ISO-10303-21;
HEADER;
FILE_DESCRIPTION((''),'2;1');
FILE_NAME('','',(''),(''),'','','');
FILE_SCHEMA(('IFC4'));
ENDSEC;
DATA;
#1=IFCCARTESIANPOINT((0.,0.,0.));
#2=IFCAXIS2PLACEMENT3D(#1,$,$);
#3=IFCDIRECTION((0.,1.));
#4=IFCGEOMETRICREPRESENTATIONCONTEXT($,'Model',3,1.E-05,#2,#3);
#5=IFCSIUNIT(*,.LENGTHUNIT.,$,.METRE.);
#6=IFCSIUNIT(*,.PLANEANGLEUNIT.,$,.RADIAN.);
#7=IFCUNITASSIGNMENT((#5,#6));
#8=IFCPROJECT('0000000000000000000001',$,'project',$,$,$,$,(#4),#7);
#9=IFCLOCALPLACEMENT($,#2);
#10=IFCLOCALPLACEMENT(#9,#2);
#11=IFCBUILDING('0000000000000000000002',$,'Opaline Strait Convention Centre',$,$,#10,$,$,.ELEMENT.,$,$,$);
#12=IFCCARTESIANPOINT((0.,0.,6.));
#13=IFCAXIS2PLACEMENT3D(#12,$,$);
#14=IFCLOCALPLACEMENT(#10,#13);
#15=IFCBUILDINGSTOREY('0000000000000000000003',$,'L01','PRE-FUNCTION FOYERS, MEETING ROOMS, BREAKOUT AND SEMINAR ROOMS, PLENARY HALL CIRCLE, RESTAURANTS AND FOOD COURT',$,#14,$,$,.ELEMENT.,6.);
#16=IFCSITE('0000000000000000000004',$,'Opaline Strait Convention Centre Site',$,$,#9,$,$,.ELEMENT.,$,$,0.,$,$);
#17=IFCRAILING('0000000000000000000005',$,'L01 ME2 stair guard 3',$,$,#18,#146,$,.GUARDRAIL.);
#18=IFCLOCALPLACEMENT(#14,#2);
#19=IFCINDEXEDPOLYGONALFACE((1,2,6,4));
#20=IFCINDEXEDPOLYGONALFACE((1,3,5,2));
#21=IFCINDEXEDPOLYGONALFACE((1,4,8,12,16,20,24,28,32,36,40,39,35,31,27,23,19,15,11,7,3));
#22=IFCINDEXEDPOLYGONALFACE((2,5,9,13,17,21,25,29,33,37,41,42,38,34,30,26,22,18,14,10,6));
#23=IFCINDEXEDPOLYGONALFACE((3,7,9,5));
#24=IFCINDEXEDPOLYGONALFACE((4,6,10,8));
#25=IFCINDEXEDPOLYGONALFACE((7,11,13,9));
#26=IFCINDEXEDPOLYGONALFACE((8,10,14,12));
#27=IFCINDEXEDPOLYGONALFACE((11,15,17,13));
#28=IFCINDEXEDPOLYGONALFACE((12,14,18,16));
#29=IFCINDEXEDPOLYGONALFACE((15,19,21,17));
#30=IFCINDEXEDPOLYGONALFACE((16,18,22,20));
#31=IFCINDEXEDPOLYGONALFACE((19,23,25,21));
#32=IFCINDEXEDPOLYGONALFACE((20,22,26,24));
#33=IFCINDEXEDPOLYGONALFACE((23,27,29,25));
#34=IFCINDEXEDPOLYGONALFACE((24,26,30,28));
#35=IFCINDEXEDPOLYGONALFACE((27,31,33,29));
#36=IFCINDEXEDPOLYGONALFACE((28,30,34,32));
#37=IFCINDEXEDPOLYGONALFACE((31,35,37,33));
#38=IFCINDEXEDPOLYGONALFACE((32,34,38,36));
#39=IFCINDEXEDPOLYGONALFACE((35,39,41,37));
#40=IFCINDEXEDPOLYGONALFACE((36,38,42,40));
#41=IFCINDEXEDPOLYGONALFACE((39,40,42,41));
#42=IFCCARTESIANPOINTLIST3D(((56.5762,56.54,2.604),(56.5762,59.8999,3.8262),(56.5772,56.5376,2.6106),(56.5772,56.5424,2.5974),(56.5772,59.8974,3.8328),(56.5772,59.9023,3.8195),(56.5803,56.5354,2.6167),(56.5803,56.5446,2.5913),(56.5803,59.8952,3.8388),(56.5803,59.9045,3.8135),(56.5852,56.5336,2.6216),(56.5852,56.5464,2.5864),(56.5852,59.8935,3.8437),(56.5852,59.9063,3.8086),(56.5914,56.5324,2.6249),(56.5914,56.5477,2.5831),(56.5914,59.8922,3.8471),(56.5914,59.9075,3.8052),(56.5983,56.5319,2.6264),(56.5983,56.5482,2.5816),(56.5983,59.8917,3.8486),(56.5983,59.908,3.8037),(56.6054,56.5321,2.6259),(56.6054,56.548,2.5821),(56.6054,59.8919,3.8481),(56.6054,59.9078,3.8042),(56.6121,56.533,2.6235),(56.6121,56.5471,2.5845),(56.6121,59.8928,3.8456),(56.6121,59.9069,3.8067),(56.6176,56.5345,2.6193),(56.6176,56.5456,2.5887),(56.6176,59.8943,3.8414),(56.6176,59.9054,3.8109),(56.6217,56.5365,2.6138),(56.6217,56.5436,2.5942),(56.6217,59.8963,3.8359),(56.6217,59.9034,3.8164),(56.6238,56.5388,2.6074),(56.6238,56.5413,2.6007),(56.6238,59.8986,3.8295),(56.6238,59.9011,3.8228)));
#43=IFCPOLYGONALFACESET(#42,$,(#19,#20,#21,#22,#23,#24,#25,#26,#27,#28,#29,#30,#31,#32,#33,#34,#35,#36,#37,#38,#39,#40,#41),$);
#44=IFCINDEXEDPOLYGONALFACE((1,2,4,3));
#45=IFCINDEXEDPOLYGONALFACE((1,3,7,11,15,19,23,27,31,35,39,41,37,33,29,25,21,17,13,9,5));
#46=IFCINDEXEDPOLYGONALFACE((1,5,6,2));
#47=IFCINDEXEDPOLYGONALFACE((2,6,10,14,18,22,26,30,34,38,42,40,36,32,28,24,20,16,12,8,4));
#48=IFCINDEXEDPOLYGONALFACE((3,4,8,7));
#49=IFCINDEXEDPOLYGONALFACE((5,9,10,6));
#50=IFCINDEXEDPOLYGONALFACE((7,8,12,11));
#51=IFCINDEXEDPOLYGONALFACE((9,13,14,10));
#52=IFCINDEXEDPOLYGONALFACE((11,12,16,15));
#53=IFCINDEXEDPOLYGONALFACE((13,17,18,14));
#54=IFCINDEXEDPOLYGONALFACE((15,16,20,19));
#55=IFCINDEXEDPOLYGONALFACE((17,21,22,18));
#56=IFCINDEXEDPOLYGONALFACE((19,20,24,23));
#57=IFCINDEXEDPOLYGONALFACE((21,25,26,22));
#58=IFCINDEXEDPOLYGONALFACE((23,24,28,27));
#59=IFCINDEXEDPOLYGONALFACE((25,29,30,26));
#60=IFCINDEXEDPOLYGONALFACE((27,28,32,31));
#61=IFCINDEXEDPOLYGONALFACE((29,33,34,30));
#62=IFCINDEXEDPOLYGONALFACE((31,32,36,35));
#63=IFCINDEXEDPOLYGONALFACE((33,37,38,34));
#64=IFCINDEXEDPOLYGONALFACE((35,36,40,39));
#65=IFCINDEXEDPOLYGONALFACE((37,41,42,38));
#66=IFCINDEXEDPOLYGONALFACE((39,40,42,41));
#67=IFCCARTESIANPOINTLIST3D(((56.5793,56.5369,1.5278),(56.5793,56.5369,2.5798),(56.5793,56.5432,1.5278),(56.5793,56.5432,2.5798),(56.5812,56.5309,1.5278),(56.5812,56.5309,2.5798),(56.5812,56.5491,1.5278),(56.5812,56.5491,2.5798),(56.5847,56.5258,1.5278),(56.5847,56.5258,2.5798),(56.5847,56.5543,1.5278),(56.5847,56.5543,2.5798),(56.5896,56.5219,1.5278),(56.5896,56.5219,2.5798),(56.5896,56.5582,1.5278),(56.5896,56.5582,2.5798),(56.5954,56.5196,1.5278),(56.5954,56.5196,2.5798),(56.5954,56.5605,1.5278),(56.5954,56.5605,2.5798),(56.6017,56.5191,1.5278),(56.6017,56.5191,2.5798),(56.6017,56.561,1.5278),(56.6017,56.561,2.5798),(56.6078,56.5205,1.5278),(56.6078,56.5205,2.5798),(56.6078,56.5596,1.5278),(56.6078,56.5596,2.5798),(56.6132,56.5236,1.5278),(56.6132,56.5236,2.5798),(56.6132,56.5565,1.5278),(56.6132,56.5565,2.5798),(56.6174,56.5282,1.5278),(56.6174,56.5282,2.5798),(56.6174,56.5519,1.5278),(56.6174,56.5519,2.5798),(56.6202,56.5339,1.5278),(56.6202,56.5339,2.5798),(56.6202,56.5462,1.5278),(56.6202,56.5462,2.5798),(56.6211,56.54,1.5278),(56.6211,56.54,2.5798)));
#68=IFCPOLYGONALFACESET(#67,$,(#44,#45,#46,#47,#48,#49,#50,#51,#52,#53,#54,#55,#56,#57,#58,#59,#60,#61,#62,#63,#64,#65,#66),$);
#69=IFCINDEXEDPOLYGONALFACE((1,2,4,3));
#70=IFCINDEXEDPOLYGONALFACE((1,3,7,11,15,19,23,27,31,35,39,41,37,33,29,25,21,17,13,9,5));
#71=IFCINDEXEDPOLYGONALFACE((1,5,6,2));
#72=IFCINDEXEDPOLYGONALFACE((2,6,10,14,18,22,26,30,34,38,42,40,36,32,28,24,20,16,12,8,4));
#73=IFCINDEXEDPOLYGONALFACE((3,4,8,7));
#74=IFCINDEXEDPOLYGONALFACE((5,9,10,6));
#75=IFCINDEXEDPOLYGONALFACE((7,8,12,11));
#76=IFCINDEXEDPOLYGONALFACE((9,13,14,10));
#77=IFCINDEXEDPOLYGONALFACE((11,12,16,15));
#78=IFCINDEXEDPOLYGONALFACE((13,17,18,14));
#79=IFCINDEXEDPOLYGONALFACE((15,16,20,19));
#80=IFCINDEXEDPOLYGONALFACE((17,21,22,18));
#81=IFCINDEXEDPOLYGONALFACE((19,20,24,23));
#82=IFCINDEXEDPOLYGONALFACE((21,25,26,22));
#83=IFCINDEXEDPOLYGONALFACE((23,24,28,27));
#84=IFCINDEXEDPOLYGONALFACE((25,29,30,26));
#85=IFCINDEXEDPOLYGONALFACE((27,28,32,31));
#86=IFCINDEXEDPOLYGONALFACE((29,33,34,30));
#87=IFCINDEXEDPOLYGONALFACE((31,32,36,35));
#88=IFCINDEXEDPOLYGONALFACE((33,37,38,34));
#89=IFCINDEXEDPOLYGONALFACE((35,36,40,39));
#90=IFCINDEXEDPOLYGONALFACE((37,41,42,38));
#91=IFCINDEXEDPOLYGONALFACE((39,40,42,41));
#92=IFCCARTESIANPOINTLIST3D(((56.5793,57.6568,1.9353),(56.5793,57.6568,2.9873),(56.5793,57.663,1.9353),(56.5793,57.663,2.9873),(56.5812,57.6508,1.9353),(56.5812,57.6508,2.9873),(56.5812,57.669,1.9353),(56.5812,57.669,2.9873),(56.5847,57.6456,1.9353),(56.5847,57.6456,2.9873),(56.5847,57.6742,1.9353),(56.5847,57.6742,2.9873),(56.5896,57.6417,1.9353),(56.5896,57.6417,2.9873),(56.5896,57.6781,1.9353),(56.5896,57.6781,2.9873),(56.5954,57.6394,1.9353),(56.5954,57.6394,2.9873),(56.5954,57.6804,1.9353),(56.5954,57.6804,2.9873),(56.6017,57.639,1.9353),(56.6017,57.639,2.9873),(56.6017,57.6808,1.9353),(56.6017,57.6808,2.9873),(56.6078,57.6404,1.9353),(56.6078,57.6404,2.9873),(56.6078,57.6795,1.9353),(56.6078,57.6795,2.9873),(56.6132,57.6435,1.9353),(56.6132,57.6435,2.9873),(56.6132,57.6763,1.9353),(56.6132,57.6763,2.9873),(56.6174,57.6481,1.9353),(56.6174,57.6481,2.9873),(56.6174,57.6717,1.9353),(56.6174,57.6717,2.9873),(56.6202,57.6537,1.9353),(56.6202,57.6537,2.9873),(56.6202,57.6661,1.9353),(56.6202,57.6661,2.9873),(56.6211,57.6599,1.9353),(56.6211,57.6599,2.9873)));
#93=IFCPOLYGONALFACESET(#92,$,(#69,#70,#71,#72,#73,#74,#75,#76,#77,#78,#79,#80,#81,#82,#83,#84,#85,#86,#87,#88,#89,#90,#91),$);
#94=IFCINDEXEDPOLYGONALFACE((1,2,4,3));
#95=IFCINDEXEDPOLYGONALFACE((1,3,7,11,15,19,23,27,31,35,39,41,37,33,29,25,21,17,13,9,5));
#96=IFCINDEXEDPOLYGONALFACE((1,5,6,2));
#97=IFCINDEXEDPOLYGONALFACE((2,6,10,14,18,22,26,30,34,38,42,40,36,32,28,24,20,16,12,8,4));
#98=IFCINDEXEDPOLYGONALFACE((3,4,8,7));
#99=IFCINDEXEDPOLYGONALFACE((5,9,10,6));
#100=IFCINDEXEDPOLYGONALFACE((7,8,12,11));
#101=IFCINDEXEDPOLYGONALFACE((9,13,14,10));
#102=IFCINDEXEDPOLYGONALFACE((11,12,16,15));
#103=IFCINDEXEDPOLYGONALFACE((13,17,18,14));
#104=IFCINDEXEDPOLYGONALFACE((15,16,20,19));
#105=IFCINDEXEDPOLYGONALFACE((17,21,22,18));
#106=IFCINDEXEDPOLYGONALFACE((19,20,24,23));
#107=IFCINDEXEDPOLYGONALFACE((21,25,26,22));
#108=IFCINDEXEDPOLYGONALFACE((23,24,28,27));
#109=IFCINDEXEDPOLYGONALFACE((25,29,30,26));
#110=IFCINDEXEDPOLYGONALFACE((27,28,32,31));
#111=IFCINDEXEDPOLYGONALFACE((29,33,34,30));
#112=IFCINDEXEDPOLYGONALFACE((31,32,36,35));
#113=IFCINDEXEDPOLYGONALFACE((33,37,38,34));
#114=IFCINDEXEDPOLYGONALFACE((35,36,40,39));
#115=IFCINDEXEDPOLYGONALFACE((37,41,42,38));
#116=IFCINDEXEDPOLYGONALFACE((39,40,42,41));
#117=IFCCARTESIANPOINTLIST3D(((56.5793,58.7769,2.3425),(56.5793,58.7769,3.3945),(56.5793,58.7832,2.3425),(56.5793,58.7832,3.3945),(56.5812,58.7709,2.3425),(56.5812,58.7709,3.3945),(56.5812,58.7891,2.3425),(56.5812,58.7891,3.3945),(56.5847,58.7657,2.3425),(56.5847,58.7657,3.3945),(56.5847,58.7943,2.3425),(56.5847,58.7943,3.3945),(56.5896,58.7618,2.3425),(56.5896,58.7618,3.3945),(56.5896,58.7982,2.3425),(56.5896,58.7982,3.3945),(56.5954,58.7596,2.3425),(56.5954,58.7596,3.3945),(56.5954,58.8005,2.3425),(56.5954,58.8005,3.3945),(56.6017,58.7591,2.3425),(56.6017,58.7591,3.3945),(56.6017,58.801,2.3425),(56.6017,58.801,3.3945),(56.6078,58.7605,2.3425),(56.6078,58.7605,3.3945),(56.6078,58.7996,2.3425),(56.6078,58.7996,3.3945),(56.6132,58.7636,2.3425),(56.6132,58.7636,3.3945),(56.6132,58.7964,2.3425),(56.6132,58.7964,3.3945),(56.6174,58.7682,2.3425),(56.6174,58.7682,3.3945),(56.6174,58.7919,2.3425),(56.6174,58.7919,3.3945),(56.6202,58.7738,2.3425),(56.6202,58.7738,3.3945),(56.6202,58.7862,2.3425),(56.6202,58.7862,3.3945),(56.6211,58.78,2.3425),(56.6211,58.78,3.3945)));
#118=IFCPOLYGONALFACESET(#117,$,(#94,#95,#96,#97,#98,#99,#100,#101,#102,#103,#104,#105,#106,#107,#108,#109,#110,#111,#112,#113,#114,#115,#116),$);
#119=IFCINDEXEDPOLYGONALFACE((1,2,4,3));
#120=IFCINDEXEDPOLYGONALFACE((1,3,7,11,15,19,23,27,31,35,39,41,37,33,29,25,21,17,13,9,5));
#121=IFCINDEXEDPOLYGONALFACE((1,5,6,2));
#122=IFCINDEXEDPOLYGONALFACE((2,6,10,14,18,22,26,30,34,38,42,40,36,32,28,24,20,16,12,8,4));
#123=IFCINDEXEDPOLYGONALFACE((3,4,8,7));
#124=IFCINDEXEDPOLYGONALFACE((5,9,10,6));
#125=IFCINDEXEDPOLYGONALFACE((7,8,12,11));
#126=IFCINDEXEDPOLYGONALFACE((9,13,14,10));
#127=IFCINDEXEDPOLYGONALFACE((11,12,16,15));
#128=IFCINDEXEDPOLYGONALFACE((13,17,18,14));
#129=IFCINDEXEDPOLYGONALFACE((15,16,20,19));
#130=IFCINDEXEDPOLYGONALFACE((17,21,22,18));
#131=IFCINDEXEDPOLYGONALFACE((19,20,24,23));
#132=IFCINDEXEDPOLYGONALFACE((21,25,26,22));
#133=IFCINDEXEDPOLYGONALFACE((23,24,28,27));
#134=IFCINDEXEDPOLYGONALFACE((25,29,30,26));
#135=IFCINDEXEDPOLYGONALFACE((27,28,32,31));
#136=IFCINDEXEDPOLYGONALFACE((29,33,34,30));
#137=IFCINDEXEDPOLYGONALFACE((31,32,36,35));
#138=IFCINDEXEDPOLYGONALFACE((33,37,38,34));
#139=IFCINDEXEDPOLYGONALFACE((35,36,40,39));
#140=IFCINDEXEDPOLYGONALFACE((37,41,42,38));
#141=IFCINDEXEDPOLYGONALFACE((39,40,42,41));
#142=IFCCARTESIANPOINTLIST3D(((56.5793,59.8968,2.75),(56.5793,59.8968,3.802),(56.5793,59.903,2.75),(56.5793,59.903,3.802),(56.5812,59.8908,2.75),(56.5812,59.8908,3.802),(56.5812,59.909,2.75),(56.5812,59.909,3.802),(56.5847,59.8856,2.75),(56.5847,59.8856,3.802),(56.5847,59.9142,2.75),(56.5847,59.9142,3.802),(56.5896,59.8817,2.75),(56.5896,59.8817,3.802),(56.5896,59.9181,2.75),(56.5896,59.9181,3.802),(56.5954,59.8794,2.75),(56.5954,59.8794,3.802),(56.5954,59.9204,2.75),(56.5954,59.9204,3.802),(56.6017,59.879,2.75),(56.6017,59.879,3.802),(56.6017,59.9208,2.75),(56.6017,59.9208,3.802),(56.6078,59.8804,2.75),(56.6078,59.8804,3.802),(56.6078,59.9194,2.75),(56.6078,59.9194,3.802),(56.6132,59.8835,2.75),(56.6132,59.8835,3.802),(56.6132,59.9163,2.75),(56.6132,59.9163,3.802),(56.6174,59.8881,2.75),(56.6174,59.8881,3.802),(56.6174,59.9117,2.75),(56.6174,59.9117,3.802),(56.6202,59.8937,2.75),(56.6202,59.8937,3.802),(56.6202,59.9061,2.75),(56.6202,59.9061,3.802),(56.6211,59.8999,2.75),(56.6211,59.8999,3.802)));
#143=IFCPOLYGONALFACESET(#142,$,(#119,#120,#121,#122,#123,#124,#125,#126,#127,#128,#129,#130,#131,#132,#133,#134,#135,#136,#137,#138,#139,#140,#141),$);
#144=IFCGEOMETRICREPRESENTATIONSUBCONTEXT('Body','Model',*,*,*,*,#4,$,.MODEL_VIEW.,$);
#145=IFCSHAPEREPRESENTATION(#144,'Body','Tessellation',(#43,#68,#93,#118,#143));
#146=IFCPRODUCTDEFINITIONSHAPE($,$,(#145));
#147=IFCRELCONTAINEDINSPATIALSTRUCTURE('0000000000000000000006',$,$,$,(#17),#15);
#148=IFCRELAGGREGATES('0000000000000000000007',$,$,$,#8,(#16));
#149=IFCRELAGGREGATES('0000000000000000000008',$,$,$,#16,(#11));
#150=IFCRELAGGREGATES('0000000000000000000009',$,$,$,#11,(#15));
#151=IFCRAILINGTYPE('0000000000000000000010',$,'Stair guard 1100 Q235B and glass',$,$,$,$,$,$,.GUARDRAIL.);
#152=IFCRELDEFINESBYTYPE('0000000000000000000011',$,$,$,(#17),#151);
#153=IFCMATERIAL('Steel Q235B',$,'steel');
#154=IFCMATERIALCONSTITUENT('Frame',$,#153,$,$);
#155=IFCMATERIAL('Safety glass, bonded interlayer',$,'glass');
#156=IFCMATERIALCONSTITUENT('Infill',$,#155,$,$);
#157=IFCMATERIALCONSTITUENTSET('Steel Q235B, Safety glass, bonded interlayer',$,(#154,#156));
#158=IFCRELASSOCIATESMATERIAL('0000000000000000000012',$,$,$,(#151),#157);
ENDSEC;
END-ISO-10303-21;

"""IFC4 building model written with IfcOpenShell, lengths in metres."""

from ifc_helpers import new_model, si_unit, direction, frame, origin, origin_2d, place, context, subcontext, project, spatial, circle, extrude, material, constituent, constituent_set, type_object, element, save


model = new_model("IFC4")

# Units and contexts
model_context = context("Model", 3, precision=1e-05, world=origin(), true_north=direction((0.0, 1.0)))
body_context = subcontext(model_context, "Body", "Model", "MODEL_VIEW")
ifc_project = project(units=[si_unit("LENGTHUNIT", "METRE"), si_unit("PLANEANGLEUNIT", "RADIAN")], contexts=[model_context])

# Site, building, storey
site_placement = place(None, origin())
site = spatial("IfcSite", under=ifc_project, at=site_placement, Name="Opaline Strait Convention Centre Site", CompositionType="ELEMENT", RefElevation=0.0)
building_placement = place(site_placement, origin())
building = spatial("IfcBuilding", under=site, at=building_placement, Name="Opaline Strait Convention Centre", CompositionType="ELEMENT")
storey_placement = place(building_placement, frame((0.0, 0.0, 6.0)))
storey = spatial("IfcBuildingStorey", under=building, at=storey_placement, Name="L01", Description="PRE-FUNCTION FOYERS, MEETING ROOMS, BREAKOUT AND SEMINAR ROOMS, PLENARY HALL CIRCLE, RESTAURANTS AND FOOD COURT", CompositionType="ELEMENT", Elevation=6.0)

# Railing
ifc_material_1 = material(Name="Steel Q235B", Category="steel")
ifc_constituent_1 = constituent(ifc_material_1, Name="Frame")
ifc_material_2 = material(Name="Safety glass, bonded interlayer", Category="glass")
ifc_constituent_2 = constituent(ifc_material_2, Name="Infill")
ifc_constituent_set = constituent_set(constituents=[ifc_constituent_1, ifc_constituent_2], Name="Steel Q235B, Safety glass, bonded interlayer")
railing_type_1 = type_object("IfcRailingType", Name="Stair guard 1100 Q235B and glass", PredefinedType="GUARDRAIL", material=ifc_constituent_set)
railing_1_placement = place(storey_placement, frame((56.6001, 56.54, 1.5278)))
element("IfcRailing", 1, at=railing_1_placement, inside=storey, type_object=railing_type_1, Name="L01 ME2 stair guard 3", PredefinedType="GUARDRAIL", context=body_context, shape_type="SweptSolid", body=[
    extrude(circle(Radius=0.0239, at=origin_2d()), frame((0.0, 0.0, 1.0762), z_axis=(0.0, 0.939758, 0.341842), x_axis=(-1.0, 0.0, 0.0)), (0.0, 0.0, 1.0), 3.5752),
    extrude(circle(Radius=0.021, at=origin_2d()), origin(), (0.0, 0.0, 1.0), 1.052),
    extrude(circle(Radius=0.021, at=origin_2d()), frame((0.0, 1.1199, 0.4075)), (0.0, 0.0, 1.0), 1.052),
    extrude(circle(Radius=0.021, at=origin_2d()), frame((0.0, 2.24, 0.8147)), (0.0, 0.0, 1.0), 1.052),
    extrude(circle(Radius=0.021, at=origin_2d()), frame((0.0, 3.3599, 1.2222)), (0.0, 0.0, 1.0), 1.052),
])

save(model, "model.ifc")
